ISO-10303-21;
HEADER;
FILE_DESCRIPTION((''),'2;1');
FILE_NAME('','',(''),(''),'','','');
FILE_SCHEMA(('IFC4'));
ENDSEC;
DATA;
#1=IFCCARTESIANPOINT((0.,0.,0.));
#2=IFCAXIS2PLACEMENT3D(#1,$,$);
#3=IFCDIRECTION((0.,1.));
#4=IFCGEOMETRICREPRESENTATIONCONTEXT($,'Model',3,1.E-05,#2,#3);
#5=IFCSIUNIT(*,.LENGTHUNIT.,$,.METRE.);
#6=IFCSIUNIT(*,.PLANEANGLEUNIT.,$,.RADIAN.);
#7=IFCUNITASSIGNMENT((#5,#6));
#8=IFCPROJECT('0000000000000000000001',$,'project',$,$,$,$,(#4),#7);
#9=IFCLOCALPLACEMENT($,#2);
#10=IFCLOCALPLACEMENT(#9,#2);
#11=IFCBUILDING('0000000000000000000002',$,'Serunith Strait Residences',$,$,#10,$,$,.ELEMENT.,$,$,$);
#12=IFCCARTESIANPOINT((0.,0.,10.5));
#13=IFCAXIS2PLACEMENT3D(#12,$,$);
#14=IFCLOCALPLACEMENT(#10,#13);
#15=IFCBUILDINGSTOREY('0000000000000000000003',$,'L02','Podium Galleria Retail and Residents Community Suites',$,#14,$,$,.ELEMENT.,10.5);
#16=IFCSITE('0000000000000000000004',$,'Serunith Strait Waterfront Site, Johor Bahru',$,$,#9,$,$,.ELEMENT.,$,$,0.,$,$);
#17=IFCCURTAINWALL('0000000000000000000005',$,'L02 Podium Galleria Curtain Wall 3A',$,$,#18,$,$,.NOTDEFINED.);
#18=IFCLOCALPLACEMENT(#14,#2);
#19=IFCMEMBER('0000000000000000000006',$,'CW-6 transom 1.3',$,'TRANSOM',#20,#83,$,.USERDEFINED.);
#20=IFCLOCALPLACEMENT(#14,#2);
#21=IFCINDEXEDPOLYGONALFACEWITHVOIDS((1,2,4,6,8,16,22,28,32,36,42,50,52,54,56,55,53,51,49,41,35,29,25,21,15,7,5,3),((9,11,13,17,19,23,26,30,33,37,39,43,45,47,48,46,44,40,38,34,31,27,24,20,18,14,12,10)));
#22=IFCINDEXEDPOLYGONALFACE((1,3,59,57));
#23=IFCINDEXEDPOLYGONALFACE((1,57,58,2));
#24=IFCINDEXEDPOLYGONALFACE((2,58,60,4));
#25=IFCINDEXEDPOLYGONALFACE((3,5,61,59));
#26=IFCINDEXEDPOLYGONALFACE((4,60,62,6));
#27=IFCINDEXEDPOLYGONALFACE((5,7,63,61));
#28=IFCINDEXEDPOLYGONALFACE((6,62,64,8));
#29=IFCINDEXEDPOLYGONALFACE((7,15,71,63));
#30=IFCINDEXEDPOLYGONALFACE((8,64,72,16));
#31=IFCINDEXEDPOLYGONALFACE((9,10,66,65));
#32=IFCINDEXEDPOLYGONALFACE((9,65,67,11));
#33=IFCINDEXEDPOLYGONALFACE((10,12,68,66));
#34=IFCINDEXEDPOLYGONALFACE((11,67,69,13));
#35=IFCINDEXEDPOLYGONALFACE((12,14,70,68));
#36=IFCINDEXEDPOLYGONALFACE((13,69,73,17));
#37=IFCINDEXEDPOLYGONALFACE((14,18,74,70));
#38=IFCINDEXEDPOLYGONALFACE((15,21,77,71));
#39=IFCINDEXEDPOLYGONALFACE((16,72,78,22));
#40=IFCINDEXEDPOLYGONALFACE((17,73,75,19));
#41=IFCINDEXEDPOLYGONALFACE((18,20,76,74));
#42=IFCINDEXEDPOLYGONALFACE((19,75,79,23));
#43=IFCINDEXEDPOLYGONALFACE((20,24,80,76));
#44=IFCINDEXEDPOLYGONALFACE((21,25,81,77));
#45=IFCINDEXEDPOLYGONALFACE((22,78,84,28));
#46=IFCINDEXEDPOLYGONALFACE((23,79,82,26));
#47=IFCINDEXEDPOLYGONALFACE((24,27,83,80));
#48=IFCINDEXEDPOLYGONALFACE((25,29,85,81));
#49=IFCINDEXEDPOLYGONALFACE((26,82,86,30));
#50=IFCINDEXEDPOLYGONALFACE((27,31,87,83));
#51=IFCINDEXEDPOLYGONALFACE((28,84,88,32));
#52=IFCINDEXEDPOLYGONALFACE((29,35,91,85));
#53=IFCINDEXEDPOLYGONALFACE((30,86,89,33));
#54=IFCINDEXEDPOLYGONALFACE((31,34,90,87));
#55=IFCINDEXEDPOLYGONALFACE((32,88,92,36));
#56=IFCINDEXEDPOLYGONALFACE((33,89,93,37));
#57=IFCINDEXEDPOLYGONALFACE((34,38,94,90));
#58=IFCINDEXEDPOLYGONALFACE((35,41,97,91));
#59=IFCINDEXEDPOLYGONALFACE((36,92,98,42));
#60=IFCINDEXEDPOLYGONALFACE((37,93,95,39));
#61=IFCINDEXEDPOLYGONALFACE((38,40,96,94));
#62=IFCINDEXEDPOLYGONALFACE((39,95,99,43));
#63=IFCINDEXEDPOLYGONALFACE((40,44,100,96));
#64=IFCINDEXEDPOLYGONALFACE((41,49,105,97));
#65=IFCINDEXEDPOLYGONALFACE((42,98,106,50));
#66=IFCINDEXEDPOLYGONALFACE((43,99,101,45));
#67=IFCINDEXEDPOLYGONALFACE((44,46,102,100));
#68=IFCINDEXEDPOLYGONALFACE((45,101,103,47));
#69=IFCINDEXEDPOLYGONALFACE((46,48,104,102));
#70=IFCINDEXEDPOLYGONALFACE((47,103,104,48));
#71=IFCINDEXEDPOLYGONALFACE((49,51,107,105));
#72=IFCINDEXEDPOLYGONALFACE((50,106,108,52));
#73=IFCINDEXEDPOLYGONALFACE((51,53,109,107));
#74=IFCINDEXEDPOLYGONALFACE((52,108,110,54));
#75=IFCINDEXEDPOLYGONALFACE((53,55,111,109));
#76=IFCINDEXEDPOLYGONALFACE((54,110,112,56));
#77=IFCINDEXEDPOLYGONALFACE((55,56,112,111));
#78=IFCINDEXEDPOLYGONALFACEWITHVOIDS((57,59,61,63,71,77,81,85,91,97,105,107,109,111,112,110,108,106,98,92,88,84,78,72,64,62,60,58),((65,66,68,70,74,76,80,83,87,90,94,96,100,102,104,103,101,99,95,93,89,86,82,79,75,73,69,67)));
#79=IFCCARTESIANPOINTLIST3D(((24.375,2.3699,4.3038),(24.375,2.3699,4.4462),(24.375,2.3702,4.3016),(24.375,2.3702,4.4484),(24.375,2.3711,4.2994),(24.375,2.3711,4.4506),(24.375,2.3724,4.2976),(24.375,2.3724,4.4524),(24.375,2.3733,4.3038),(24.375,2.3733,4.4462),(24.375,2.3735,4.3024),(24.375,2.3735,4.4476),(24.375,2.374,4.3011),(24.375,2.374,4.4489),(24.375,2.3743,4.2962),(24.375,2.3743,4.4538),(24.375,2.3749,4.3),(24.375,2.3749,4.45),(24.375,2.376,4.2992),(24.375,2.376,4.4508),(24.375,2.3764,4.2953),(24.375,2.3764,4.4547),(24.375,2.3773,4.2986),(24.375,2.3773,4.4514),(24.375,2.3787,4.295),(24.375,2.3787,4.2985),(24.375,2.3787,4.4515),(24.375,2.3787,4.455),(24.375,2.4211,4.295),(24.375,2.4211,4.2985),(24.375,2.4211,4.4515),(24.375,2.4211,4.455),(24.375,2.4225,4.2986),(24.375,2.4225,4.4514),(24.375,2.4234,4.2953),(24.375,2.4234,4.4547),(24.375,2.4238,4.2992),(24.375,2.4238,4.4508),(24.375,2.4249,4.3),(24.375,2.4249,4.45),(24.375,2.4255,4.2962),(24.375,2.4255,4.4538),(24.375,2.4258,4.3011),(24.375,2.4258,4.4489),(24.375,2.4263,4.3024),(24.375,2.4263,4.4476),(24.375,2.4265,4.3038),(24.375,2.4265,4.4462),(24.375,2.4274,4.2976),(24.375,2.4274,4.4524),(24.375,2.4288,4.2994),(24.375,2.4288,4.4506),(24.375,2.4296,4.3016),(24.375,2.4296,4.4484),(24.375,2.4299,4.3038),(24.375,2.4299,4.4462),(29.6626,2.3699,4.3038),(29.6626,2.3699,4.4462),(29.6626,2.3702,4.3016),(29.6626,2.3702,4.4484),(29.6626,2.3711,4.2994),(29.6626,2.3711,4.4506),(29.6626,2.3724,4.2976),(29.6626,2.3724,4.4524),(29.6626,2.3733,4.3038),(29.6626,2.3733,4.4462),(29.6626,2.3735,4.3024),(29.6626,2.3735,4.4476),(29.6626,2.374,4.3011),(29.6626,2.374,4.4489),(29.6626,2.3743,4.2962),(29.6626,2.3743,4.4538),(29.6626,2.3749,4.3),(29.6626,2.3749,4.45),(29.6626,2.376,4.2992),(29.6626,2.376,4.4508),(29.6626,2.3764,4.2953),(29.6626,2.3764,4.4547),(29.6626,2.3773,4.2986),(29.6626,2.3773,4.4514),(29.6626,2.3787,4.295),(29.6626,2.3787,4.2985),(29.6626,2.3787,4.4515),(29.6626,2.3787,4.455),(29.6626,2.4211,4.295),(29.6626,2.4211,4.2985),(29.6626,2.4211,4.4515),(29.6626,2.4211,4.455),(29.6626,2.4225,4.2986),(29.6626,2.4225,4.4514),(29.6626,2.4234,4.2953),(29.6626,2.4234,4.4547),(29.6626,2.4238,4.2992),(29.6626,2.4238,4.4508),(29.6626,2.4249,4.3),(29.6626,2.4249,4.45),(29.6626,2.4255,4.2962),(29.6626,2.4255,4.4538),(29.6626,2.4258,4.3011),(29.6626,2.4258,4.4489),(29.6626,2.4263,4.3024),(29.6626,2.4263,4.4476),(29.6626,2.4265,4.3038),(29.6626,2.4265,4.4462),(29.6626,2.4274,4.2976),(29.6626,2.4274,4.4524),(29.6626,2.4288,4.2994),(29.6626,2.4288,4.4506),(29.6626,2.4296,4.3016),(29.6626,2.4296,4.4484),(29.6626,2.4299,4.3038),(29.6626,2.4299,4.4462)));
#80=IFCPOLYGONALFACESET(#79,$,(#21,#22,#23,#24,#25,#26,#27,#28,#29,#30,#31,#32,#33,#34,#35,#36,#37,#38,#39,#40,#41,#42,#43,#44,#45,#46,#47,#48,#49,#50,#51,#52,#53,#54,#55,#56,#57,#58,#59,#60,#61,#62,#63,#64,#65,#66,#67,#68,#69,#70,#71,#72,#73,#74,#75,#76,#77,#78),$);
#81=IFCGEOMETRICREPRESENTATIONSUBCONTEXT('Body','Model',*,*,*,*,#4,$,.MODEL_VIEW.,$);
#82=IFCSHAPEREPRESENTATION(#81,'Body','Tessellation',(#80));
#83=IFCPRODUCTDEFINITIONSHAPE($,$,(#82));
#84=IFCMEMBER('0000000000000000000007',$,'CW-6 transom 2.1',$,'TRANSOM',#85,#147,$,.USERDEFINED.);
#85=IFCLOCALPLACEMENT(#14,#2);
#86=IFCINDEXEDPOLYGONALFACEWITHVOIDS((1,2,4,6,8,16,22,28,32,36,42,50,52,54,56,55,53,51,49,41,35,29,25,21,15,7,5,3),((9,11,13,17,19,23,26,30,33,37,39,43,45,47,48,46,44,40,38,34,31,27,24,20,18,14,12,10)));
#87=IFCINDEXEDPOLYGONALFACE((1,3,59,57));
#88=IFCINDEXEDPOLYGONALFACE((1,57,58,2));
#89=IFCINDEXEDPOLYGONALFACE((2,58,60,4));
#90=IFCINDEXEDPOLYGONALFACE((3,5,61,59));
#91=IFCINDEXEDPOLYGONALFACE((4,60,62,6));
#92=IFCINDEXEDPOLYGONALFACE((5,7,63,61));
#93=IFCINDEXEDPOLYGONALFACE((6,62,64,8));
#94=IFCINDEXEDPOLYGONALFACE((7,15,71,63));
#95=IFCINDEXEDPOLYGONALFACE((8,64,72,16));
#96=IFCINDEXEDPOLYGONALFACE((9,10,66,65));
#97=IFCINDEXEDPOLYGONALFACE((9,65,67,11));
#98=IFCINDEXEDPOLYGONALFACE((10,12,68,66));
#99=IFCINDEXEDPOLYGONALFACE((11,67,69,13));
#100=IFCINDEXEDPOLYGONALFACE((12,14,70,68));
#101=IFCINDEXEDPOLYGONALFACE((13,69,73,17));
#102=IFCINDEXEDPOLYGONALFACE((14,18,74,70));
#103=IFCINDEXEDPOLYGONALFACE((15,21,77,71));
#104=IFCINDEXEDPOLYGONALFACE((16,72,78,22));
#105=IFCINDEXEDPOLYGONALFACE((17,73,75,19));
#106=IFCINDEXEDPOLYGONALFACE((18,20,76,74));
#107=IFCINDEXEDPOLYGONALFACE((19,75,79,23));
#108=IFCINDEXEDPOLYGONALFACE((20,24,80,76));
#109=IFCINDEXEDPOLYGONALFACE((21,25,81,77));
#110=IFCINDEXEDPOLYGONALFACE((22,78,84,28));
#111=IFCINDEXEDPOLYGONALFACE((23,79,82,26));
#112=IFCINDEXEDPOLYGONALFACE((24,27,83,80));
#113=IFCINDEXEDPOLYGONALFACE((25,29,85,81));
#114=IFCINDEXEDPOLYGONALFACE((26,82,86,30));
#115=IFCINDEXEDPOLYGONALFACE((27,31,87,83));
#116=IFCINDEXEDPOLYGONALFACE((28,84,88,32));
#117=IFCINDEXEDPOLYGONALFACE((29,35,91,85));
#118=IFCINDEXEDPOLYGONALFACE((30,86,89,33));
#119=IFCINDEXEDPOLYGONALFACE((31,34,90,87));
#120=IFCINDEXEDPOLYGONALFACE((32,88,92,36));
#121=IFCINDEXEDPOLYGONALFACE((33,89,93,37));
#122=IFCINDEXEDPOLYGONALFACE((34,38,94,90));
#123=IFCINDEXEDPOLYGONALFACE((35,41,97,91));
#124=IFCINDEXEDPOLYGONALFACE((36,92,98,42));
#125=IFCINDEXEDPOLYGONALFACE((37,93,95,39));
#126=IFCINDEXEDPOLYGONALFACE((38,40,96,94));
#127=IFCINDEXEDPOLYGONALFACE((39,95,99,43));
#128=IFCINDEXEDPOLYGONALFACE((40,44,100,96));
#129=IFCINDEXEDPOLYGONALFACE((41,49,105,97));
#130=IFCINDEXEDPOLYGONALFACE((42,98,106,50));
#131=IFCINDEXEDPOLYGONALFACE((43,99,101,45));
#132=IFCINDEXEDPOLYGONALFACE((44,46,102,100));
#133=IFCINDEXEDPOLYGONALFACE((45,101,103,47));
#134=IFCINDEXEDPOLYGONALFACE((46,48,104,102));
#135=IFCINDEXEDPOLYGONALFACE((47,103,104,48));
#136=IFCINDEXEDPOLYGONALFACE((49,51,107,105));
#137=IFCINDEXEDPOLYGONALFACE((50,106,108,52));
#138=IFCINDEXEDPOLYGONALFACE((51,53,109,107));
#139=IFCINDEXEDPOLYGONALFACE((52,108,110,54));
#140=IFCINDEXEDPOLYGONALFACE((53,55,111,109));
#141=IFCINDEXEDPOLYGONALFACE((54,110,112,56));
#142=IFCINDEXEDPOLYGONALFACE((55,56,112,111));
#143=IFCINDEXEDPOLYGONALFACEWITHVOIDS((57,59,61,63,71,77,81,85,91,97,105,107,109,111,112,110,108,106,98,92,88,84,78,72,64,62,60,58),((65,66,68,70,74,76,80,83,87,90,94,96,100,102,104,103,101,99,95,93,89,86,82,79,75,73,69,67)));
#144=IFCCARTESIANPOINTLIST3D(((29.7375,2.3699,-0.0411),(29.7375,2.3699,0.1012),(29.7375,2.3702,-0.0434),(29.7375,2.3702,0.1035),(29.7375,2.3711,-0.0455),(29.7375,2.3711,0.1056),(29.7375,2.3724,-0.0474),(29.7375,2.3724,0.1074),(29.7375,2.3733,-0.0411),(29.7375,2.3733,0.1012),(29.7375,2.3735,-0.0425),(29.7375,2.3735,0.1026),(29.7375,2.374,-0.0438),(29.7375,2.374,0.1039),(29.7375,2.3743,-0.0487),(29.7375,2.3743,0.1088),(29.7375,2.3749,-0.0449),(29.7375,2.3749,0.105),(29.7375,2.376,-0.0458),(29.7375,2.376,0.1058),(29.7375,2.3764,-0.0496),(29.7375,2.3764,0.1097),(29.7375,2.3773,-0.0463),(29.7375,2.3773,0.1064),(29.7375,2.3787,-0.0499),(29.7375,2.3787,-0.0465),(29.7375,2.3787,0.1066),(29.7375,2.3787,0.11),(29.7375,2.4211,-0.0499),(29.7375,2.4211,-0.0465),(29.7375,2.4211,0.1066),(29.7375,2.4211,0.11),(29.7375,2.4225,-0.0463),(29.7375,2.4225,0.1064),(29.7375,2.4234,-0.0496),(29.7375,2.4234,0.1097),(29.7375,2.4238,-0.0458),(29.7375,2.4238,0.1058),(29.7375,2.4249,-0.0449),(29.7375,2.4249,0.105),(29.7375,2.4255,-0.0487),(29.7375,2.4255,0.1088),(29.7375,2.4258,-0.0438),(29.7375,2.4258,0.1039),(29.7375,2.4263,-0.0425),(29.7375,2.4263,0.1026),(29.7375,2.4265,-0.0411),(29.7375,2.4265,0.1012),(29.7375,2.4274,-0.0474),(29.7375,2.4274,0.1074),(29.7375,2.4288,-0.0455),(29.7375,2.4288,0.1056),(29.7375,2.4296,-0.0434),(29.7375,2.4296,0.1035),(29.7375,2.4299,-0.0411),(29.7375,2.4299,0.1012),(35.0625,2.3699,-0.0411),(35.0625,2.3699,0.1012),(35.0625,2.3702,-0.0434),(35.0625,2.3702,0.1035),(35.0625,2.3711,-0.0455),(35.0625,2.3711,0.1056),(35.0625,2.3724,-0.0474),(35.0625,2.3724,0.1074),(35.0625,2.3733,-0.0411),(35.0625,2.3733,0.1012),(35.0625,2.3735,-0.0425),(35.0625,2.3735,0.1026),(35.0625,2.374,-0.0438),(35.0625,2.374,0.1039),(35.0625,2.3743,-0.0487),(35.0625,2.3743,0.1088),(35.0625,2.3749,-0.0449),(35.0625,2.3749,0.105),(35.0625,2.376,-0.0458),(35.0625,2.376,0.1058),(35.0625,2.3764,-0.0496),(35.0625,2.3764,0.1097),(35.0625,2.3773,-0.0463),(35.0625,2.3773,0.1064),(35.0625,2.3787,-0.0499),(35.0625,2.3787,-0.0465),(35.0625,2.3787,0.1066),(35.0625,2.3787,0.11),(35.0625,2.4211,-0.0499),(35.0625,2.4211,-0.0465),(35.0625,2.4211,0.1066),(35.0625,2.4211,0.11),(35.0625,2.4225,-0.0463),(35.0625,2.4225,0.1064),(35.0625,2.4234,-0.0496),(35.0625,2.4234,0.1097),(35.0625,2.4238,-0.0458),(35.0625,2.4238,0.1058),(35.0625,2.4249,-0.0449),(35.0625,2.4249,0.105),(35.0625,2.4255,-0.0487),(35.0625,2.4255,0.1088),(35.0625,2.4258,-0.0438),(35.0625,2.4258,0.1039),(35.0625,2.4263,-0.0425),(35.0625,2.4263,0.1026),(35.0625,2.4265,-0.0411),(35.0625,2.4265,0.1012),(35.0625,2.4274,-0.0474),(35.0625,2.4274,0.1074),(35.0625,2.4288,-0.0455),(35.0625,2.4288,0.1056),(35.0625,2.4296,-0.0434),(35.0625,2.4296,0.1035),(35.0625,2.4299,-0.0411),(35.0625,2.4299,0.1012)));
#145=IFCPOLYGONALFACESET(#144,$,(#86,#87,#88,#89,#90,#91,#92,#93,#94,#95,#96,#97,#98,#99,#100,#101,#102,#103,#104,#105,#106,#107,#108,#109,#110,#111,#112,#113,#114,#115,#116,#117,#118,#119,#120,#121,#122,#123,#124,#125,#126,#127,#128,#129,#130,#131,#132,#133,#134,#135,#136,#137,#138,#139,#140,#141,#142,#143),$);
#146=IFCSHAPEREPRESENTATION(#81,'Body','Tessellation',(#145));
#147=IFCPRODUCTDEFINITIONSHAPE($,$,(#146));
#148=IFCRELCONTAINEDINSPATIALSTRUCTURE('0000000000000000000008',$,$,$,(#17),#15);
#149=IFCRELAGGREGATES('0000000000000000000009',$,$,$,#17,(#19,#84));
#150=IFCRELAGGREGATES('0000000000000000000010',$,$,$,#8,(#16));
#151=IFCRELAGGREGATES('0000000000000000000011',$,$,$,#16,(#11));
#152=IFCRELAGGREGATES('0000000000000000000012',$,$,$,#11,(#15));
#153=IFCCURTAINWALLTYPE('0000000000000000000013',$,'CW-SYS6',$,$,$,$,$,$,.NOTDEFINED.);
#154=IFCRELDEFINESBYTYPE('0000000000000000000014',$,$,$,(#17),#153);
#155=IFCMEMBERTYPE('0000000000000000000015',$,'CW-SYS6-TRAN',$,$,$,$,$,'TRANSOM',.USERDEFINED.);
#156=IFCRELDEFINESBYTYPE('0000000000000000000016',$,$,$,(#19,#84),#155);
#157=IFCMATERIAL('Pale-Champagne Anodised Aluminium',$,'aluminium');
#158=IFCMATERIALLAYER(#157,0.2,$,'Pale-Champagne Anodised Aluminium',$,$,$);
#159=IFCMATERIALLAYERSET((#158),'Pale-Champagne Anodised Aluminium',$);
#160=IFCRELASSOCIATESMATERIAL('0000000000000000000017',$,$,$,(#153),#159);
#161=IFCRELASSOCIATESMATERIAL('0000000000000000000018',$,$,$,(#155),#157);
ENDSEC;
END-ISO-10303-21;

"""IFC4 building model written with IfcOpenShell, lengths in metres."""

from ifc_helpers import new_model, si_unit, direction, frame, origin, origin_2d, place, context, subcontext, project, spatial, hollow_rectangle, extrude, source, transform, mapped, material, layer, layer_set, material_profile, profile_set, type_object, element, aggregate, save


model = new_model("IFC4")

# Units and contexts
model_context = context("Model", 3, precision=1e-05, world=origin(), true_north=direction((0.0, 1.0)))
body_context = subcontext(model_context, "Body", "Model", "MODEL_VIEW")
ifc_project = project(units=[si_unit("LENGTHUNIT", "METRE"), si_unit("PLANEANGLEUNIT", "RADIAN")], contexts=[model_context])

# Site, building, storey
site_placement = place(None, origin())
site = spatial("IfcSite", under=ifc_project, at=site_placement, Name="Serunith Strait Waterfront Site, Johor Bahru", CompositionType="ELEMENT", RefElevation=0.0)
building_placement = place(site_placement, origin())
building = spatial("IfcBuilding", under=site, at=building_placement, Name="Serunith Strait Residences", CompositionType="ELEMENT")
storey_placement = place(building_placement, frame((0.0, 0.0, 10.5)))
storey = spatial("IfcBuildingStorey", under=building, at=storey_placement, Name="L02", Description="Podium Galleria Retail and Residents Community Suites", CompositionType="ELEMENT", Elevation=10.5)

# Curtain wall, members
ifc_material_1 = material(Name="Pale-Champagne Anodised Aluminium", Category="aluminium")
ifc_layer_1 = layer(ifc_material_1, 0.2, Name="Pale-Champagne Anodised Aluminium")
ifc_layer_set_1 = layer_set([ifc_layer_1], Name="Pale-Champagne Anodised Aluminium")
curtain_wall_type = type_object("IfcCurtainWallType", Name="CW-SYS6", PredefinedType="NOTDEFINED", material=ifc_layer_set_1)
curtain_wall_placement = place(storey_placement, origin())
curtain_wall = element("IfcCurtainWall", 1, at=curtain_wall_placement, inside=storey, type_object=curtain_wall_type, Name="L02 Podium Galleria Curtain Wall 3A", PredefinedType="NOTDEFINED")
ifc_material_profile_1 = material_profile(ifc_material_1, hollow_rectangle(XDim=0.0601, YDim=0.1599, WallThickness=0.0034, InnerFilletRadius=0.0054, OuterFilletRadius=0.0088, at=origin_2d()), Name="ALU 160x60x3.5")
ifc_profile_set_1 = profile_set([ifc_material_profile_1], Name="Pale-Champagne Anodised Aluminium")
member_type_1 = type_object("IfcMemberType", Name="CW-SYS6-TRAN", ElementType="TRANSOM", PredefinedType="USERDEFINED", material=ifc_profile_set_1)
shared_shape_1 = source(origin(), body_context, "Body", "SweptSolid", [
    extrude(hollow_rectangle(XDim=0.0601, YDim=0.1599, WallThickness=0.0034, InnerFilletRadius=0.0054, OuterFilletRadius=0.0088, at=origin_2d()), origin(), (0.0, 0.0, 1.0), 5.2876),
])
member_1_placement = place(storey_placement, frame((24.375, 2.3999, 4.375), z_axis=(1.0, 0.0, 0.0), x_axis=(0.0, 1.0, 0.0)))
member_1 = element("IfcMember", 2, at=member_1_placement, type_object=member_type_1, Name="CW-6 transom 1.3", ObjectType="TRANSOM", PredefinedType="USERDEFINED", context=body_context, shape_type="MappedRepresentation", body=[
    mapped(shared_shape_1, transform((0.0, 0.0, 0.0), scale=1.0)),
])
shared_shape_2 = source(origin(), body_context, "Body", "SweptSolid", [
    extrude(hollow_rectangle(XDim=0.0601, YDim=0.1599, WallThickness=0.0034, InnerFilletRadius=0.0054, OuterFilletRadius=0.0088, at=origin_2d()), origin(), (0.0, 0.0, 1.0), 5.325),
])
member_2_placement = place(storey_placement, frame((29.7375, 2.3999, 0.03), z_axis=(1.0, 0.0, 0.0), x_axis=(0.0, 1.0, 0.0)))
member_2 = element("IfcMember", 3, at=member_2_placement, type_object=member_type_1, Name="CW-6 transom 2.1", ObjectType="TRANSOM", PredefinedType="USERDEFINED", context=body_context, shape_type="MappedRepresentation", body=[
    mapped(shared_shape_2, transform((0.0, 0.0, 0.0), scale=1.0)),
])
aggregate(curtain_wall, [member_1, member_2])

save(model, "model.ifc")
